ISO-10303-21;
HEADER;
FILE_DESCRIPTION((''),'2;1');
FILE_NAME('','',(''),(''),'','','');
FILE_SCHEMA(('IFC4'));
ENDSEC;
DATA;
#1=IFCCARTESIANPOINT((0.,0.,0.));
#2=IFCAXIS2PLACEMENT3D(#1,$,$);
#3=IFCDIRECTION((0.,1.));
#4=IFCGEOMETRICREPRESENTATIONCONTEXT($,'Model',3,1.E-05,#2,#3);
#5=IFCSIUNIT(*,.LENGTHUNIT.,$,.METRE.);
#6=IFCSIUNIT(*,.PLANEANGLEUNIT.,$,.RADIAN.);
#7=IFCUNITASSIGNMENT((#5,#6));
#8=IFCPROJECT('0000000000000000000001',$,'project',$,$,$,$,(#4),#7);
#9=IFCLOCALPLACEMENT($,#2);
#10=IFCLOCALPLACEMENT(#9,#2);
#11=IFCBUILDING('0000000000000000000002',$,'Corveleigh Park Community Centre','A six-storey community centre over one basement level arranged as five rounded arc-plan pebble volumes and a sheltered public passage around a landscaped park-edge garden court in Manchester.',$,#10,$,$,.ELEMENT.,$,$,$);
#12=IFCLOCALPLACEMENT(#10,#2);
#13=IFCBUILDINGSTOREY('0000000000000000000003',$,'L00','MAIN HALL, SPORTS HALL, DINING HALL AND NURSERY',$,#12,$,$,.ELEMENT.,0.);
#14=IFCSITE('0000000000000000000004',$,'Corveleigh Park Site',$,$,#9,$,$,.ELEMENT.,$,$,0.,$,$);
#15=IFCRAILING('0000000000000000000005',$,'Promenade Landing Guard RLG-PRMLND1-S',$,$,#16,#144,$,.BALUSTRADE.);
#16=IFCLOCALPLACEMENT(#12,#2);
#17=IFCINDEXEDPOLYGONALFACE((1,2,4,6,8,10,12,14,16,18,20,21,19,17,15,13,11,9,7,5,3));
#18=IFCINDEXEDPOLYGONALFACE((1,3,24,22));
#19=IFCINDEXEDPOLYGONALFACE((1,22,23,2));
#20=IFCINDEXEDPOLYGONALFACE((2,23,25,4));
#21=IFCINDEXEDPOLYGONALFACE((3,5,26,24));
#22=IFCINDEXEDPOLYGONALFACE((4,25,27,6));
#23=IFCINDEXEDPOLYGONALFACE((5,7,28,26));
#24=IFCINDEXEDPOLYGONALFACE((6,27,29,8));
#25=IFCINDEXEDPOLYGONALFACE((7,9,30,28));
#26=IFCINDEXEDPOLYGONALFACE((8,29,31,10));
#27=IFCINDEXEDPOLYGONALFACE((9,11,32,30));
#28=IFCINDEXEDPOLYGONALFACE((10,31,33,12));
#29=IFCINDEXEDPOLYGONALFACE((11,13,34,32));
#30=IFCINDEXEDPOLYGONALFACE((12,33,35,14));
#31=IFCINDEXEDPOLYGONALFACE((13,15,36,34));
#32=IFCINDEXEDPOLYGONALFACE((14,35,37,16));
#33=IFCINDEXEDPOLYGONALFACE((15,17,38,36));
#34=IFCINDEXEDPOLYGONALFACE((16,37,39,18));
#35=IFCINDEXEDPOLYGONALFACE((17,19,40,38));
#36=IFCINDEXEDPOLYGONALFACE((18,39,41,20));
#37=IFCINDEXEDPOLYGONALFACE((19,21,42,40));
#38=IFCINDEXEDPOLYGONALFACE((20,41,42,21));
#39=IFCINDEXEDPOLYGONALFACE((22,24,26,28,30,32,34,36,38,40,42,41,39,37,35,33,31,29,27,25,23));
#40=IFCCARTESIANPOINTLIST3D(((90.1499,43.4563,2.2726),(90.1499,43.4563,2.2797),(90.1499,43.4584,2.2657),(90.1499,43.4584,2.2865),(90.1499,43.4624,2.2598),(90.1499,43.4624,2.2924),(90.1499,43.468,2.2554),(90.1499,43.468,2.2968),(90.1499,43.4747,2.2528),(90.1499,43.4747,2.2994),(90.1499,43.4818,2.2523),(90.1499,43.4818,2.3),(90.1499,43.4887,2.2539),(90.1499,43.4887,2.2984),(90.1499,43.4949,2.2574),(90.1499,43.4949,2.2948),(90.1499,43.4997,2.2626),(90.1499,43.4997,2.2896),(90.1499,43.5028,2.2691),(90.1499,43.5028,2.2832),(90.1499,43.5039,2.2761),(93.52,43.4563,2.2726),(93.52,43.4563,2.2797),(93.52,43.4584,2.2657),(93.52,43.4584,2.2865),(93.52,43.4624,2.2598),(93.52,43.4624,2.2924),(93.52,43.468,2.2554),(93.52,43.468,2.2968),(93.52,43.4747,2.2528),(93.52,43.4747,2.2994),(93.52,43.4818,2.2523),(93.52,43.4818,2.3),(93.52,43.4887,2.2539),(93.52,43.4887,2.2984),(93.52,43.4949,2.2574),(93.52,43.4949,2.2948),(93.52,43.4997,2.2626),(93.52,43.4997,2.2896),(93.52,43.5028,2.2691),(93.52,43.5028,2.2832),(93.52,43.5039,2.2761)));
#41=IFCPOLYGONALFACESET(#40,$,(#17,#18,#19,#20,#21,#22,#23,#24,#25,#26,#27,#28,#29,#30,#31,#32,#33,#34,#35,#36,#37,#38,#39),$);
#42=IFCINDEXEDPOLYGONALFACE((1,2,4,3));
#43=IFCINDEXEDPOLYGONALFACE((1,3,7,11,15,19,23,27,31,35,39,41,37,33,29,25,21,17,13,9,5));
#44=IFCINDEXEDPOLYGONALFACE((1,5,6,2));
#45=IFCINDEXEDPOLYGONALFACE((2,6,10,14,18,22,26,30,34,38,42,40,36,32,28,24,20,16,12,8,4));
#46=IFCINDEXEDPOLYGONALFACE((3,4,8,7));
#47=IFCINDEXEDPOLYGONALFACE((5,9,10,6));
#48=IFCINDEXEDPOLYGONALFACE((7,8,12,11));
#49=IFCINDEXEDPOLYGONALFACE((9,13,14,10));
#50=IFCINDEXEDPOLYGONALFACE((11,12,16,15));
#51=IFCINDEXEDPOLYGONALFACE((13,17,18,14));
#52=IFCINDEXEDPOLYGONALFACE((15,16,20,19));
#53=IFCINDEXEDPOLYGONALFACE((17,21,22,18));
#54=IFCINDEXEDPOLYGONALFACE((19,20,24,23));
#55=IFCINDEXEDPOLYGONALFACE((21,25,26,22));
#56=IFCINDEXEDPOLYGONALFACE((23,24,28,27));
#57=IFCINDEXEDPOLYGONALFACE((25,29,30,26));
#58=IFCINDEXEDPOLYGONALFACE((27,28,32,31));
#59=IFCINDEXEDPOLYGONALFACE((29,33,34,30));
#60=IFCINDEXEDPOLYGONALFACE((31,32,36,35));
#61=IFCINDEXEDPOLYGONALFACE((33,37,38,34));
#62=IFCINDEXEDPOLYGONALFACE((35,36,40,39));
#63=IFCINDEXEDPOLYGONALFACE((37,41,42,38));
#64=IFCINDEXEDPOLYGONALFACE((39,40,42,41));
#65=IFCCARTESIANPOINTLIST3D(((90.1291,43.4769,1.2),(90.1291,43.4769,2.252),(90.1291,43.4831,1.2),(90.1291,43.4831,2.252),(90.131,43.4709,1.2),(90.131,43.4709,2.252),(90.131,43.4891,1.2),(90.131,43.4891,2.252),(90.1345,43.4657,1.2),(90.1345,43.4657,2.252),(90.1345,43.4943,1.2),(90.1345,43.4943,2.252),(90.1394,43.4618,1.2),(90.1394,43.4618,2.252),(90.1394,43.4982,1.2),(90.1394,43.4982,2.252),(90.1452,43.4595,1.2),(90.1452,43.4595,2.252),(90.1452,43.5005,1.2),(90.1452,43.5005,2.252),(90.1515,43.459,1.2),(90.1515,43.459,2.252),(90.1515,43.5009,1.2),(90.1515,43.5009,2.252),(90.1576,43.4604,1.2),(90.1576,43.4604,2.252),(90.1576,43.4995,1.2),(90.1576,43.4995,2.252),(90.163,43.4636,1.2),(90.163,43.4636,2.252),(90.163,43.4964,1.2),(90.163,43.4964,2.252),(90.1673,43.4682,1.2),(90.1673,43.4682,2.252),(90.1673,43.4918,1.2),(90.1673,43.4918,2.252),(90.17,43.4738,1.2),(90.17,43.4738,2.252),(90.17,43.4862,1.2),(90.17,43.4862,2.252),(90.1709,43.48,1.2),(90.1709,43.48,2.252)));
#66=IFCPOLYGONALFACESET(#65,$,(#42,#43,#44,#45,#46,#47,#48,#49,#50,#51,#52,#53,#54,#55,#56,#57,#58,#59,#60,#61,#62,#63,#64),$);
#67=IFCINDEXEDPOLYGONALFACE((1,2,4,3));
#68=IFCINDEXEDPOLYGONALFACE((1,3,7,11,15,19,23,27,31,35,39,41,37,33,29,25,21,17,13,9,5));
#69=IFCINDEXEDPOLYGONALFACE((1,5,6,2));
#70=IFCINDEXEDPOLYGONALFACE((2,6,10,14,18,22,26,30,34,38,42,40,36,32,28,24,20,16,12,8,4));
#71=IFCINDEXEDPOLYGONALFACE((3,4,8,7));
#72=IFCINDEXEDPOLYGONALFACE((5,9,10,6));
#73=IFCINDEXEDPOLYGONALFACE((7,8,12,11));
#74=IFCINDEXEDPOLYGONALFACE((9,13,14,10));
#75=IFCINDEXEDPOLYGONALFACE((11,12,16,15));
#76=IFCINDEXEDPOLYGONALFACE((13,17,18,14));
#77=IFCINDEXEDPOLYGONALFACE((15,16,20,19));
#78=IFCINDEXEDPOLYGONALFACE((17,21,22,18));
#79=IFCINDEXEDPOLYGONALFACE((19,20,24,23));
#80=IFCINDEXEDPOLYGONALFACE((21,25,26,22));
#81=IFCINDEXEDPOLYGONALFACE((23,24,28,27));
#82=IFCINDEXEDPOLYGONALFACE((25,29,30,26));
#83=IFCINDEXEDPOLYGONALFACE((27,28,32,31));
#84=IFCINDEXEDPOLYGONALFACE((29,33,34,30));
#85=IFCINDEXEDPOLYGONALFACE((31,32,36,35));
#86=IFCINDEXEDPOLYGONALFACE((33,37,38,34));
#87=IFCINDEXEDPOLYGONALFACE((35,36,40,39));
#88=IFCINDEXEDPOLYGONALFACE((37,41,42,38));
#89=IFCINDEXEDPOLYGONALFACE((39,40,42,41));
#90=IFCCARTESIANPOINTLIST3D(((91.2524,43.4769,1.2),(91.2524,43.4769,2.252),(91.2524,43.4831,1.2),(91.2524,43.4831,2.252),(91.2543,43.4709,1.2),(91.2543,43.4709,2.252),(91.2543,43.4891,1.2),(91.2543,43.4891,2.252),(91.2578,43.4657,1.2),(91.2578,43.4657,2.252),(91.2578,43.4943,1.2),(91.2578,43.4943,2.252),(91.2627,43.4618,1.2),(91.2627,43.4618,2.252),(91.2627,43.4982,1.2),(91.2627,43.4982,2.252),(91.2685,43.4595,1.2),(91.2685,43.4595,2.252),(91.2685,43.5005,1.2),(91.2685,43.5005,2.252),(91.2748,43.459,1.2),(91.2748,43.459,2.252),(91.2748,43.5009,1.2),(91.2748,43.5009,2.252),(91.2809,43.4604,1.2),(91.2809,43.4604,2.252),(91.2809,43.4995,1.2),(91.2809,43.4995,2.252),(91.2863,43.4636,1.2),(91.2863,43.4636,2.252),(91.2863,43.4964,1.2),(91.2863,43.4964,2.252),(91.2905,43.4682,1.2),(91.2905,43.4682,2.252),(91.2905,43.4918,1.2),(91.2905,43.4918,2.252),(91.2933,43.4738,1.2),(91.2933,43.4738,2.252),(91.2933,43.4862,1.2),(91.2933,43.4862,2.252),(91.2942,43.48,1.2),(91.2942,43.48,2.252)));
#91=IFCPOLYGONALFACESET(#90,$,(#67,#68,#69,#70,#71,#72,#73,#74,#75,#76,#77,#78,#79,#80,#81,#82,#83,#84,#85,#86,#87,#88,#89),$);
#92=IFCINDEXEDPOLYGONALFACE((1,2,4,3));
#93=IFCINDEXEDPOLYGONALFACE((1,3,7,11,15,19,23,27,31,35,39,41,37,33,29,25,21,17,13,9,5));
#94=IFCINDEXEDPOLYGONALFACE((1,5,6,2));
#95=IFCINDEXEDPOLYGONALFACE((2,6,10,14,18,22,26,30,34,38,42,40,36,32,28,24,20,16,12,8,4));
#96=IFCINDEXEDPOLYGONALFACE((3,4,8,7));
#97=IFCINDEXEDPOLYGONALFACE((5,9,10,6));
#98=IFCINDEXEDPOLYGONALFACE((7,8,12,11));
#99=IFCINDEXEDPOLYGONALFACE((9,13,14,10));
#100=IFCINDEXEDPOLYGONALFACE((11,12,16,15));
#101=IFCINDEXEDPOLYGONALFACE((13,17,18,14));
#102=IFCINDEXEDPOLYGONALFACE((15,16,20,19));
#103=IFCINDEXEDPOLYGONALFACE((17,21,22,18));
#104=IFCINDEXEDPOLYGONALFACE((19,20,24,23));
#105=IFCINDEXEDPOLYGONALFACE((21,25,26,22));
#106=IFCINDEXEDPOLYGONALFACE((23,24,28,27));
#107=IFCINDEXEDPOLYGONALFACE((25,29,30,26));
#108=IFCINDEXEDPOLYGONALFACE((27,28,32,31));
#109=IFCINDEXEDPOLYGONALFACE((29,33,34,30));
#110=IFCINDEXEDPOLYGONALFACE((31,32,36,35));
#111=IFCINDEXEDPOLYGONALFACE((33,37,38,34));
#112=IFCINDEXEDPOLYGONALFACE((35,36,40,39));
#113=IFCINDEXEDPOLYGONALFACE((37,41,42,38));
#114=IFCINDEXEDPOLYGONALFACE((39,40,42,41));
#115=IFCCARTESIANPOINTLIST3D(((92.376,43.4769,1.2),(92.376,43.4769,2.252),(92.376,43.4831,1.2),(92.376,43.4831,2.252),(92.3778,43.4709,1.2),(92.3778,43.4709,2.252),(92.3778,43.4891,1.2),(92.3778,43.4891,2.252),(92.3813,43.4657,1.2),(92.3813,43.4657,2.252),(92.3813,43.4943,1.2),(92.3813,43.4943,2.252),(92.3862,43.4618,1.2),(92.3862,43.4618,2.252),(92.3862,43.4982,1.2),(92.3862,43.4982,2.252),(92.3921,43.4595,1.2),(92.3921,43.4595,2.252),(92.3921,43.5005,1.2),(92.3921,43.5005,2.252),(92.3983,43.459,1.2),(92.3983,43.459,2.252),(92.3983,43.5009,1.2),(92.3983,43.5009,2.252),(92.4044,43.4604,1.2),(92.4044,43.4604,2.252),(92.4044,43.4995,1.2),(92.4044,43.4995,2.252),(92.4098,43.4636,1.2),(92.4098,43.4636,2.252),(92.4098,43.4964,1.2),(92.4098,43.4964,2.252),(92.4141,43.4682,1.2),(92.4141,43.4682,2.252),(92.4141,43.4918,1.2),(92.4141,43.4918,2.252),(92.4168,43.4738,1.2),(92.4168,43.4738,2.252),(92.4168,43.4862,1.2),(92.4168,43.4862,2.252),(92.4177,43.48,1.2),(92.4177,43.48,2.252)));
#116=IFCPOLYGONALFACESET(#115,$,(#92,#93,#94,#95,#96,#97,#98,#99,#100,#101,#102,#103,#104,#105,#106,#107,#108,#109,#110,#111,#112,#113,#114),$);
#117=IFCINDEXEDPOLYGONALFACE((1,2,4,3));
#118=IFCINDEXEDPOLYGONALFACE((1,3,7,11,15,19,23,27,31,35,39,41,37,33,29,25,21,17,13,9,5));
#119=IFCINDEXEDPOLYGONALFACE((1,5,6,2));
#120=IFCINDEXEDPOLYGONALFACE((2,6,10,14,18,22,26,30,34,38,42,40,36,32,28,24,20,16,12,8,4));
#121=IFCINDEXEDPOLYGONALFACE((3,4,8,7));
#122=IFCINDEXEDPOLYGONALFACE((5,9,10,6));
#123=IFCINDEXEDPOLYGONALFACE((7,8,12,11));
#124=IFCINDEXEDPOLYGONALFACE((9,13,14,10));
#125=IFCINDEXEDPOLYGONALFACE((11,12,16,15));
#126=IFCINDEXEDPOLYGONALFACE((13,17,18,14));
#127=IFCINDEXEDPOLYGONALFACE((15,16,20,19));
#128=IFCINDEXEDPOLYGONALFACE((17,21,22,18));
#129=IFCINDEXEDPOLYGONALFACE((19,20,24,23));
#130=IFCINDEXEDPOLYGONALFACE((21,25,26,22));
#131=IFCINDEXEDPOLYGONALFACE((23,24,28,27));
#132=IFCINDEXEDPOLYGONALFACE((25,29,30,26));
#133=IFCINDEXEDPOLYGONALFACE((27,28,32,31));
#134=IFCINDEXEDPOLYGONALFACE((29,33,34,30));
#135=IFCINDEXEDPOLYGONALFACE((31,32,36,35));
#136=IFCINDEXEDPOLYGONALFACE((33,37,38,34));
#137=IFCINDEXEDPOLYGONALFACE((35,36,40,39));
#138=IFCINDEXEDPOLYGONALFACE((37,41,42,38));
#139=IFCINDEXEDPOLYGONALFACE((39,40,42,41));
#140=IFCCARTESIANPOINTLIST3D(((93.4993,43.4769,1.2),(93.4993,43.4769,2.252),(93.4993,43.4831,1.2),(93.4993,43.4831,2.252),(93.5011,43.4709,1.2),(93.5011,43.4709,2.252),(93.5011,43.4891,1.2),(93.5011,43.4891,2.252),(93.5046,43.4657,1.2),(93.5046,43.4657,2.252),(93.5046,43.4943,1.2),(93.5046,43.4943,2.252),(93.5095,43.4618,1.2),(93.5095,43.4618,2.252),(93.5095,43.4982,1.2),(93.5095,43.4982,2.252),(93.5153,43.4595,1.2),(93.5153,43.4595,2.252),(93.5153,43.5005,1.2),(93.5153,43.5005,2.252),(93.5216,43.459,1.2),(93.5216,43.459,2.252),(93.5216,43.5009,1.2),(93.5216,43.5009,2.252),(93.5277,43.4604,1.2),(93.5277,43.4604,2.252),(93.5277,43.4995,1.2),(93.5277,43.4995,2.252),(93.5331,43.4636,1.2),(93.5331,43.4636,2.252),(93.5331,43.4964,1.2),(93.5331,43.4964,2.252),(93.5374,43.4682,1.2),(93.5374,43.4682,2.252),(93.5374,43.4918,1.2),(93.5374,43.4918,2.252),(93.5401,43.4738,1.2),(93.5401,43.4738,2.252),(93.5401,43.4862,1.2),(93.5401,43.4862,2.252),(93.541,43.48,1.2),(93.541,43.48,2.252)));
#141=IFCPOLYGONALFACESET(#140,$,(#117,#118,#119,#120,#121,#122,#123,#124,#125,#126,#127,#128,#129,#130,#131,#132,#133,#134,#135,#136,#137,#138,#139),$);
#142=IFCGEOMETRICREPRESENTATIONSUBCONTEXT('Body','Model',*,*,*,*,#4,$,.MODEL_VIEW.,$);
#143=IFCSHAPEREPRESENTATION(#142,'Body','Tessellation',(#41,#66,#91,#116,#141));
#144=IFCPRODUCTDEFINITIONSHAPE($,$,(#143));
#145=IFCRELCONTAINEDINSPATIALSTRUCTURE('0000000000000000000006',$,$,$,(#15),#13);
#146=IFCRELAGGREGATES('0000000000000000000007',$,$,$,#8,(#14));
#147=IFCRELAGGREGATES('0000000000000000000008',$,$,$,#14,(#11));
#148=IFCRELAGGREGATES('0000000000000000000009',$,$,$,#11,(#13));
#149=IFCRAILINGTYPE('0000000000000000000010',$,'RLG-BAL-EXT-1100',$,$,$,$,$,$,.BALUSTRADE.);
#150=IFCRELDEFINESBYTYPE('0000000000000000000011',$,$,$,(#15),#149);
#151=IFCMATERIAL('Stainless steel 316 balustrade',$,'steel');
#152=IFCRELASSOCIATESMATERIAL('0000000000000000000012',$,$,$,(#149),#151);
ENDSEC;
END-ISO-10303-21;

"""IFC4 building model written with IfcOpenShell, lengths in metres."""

from ifc_helpers import new_model, si_unit, direction, frame, origin, origin_2d, place, context, subcontext, project, spatial, circle, extrude, material, type_object, element, save


model = new_model("IFC4")

# Units and contexts
model_context = context("Model", 3, precision=1e-05, world=origin(), true_north=direction((0.0, 1.0)))
body_context = subcontext(model_context, "Body", "Model", "MODEL_VIEW")
ifc_project = project(units=[si_unit("LENGTHUNIT", "METRE"), si_unit("PLANEANGLEUNIT", "RADIAN")], contexts=[model_context])

# Site, building, storey
site_placement = place(None, origin())
site = spatial("IfcSite", under=ifc_project, at=site_placement, Name="Corveleigh Park Site", CompositionType="ELEMENT", RefElevation=0.0)
building_placement = place(site_placement, origin())
building = spatial("IfcBuilding", under=site, at=building_placement, Name="Corveleigh Park Community Centre", Description="A six-storey community centre over one basement level arranged as five rounded arc-plan pebble volumes and a sheltered public passage around a landscaped park-edge garden court in Manchester.", CompositionType="ELEMENT")
storey_placement = place(building_placement, origin())
storey = spatial("IfcBuildingStorey", under=building, at=storey_placement, Name="L00", Description="MAIN HALL, SPORTS HALL, DINING HALL AND NURSERY", CompositionType="ELEMENT", Elevation=0.0)

# Railing
ifc_material_1 = material(Name="Stainless steel 316 balustrade", Category="steel")
railing_type = type_object("IfcRailingType", Name="RLG-BAL-EXT-1100", PredefinedType="BALUSTRADE", material=ifc_material_1)
railing_1_placement = place(storey_placement, frame((90.1499, 43.48, 1.2)))
element("IfcRailing", 1, at=railing_1_placement, inside=storey, type_object=railing_type, Name="Promenade Landing Guard RLG-PRMLND1-S", PredefinedType="BALUSTRADE", context=body_context, shape_type="SweptSolid", body=[
    extrude(circle(Radius=0.0239, at=origin_2d()), frame((0.0, 0.0, 1.0762), z_axis=(1.0, 0.0, 0.0), x_axis=(0.0, 1.0, 0.0)), (0.0, 0.0, 1.0), 3.3701),
    extrude(circle(Radius=0.021, at=origin_2d()), origin(), (0.0, 0.0, 1.0), 1.052),
    extrude(circle(Radius=0.021, at=origin_2d()), frame((1.1233, 0.0, 0.0)), (0.0, 0.0, 1.0), 1.052),
    extrude(circle(Radius=0.021, at=origin_2d()), frame((2.2468, 0.0, 0.0)), (0.0, 0.0, 1.0), 1.052),
    extrude(circle(Radius=0.021, at=origin_2d()), frame((3.3701, 0.0, 0.0)), (0.0, 0.0, 1.0), 1.052),
])

save(model, "model.ifc")
